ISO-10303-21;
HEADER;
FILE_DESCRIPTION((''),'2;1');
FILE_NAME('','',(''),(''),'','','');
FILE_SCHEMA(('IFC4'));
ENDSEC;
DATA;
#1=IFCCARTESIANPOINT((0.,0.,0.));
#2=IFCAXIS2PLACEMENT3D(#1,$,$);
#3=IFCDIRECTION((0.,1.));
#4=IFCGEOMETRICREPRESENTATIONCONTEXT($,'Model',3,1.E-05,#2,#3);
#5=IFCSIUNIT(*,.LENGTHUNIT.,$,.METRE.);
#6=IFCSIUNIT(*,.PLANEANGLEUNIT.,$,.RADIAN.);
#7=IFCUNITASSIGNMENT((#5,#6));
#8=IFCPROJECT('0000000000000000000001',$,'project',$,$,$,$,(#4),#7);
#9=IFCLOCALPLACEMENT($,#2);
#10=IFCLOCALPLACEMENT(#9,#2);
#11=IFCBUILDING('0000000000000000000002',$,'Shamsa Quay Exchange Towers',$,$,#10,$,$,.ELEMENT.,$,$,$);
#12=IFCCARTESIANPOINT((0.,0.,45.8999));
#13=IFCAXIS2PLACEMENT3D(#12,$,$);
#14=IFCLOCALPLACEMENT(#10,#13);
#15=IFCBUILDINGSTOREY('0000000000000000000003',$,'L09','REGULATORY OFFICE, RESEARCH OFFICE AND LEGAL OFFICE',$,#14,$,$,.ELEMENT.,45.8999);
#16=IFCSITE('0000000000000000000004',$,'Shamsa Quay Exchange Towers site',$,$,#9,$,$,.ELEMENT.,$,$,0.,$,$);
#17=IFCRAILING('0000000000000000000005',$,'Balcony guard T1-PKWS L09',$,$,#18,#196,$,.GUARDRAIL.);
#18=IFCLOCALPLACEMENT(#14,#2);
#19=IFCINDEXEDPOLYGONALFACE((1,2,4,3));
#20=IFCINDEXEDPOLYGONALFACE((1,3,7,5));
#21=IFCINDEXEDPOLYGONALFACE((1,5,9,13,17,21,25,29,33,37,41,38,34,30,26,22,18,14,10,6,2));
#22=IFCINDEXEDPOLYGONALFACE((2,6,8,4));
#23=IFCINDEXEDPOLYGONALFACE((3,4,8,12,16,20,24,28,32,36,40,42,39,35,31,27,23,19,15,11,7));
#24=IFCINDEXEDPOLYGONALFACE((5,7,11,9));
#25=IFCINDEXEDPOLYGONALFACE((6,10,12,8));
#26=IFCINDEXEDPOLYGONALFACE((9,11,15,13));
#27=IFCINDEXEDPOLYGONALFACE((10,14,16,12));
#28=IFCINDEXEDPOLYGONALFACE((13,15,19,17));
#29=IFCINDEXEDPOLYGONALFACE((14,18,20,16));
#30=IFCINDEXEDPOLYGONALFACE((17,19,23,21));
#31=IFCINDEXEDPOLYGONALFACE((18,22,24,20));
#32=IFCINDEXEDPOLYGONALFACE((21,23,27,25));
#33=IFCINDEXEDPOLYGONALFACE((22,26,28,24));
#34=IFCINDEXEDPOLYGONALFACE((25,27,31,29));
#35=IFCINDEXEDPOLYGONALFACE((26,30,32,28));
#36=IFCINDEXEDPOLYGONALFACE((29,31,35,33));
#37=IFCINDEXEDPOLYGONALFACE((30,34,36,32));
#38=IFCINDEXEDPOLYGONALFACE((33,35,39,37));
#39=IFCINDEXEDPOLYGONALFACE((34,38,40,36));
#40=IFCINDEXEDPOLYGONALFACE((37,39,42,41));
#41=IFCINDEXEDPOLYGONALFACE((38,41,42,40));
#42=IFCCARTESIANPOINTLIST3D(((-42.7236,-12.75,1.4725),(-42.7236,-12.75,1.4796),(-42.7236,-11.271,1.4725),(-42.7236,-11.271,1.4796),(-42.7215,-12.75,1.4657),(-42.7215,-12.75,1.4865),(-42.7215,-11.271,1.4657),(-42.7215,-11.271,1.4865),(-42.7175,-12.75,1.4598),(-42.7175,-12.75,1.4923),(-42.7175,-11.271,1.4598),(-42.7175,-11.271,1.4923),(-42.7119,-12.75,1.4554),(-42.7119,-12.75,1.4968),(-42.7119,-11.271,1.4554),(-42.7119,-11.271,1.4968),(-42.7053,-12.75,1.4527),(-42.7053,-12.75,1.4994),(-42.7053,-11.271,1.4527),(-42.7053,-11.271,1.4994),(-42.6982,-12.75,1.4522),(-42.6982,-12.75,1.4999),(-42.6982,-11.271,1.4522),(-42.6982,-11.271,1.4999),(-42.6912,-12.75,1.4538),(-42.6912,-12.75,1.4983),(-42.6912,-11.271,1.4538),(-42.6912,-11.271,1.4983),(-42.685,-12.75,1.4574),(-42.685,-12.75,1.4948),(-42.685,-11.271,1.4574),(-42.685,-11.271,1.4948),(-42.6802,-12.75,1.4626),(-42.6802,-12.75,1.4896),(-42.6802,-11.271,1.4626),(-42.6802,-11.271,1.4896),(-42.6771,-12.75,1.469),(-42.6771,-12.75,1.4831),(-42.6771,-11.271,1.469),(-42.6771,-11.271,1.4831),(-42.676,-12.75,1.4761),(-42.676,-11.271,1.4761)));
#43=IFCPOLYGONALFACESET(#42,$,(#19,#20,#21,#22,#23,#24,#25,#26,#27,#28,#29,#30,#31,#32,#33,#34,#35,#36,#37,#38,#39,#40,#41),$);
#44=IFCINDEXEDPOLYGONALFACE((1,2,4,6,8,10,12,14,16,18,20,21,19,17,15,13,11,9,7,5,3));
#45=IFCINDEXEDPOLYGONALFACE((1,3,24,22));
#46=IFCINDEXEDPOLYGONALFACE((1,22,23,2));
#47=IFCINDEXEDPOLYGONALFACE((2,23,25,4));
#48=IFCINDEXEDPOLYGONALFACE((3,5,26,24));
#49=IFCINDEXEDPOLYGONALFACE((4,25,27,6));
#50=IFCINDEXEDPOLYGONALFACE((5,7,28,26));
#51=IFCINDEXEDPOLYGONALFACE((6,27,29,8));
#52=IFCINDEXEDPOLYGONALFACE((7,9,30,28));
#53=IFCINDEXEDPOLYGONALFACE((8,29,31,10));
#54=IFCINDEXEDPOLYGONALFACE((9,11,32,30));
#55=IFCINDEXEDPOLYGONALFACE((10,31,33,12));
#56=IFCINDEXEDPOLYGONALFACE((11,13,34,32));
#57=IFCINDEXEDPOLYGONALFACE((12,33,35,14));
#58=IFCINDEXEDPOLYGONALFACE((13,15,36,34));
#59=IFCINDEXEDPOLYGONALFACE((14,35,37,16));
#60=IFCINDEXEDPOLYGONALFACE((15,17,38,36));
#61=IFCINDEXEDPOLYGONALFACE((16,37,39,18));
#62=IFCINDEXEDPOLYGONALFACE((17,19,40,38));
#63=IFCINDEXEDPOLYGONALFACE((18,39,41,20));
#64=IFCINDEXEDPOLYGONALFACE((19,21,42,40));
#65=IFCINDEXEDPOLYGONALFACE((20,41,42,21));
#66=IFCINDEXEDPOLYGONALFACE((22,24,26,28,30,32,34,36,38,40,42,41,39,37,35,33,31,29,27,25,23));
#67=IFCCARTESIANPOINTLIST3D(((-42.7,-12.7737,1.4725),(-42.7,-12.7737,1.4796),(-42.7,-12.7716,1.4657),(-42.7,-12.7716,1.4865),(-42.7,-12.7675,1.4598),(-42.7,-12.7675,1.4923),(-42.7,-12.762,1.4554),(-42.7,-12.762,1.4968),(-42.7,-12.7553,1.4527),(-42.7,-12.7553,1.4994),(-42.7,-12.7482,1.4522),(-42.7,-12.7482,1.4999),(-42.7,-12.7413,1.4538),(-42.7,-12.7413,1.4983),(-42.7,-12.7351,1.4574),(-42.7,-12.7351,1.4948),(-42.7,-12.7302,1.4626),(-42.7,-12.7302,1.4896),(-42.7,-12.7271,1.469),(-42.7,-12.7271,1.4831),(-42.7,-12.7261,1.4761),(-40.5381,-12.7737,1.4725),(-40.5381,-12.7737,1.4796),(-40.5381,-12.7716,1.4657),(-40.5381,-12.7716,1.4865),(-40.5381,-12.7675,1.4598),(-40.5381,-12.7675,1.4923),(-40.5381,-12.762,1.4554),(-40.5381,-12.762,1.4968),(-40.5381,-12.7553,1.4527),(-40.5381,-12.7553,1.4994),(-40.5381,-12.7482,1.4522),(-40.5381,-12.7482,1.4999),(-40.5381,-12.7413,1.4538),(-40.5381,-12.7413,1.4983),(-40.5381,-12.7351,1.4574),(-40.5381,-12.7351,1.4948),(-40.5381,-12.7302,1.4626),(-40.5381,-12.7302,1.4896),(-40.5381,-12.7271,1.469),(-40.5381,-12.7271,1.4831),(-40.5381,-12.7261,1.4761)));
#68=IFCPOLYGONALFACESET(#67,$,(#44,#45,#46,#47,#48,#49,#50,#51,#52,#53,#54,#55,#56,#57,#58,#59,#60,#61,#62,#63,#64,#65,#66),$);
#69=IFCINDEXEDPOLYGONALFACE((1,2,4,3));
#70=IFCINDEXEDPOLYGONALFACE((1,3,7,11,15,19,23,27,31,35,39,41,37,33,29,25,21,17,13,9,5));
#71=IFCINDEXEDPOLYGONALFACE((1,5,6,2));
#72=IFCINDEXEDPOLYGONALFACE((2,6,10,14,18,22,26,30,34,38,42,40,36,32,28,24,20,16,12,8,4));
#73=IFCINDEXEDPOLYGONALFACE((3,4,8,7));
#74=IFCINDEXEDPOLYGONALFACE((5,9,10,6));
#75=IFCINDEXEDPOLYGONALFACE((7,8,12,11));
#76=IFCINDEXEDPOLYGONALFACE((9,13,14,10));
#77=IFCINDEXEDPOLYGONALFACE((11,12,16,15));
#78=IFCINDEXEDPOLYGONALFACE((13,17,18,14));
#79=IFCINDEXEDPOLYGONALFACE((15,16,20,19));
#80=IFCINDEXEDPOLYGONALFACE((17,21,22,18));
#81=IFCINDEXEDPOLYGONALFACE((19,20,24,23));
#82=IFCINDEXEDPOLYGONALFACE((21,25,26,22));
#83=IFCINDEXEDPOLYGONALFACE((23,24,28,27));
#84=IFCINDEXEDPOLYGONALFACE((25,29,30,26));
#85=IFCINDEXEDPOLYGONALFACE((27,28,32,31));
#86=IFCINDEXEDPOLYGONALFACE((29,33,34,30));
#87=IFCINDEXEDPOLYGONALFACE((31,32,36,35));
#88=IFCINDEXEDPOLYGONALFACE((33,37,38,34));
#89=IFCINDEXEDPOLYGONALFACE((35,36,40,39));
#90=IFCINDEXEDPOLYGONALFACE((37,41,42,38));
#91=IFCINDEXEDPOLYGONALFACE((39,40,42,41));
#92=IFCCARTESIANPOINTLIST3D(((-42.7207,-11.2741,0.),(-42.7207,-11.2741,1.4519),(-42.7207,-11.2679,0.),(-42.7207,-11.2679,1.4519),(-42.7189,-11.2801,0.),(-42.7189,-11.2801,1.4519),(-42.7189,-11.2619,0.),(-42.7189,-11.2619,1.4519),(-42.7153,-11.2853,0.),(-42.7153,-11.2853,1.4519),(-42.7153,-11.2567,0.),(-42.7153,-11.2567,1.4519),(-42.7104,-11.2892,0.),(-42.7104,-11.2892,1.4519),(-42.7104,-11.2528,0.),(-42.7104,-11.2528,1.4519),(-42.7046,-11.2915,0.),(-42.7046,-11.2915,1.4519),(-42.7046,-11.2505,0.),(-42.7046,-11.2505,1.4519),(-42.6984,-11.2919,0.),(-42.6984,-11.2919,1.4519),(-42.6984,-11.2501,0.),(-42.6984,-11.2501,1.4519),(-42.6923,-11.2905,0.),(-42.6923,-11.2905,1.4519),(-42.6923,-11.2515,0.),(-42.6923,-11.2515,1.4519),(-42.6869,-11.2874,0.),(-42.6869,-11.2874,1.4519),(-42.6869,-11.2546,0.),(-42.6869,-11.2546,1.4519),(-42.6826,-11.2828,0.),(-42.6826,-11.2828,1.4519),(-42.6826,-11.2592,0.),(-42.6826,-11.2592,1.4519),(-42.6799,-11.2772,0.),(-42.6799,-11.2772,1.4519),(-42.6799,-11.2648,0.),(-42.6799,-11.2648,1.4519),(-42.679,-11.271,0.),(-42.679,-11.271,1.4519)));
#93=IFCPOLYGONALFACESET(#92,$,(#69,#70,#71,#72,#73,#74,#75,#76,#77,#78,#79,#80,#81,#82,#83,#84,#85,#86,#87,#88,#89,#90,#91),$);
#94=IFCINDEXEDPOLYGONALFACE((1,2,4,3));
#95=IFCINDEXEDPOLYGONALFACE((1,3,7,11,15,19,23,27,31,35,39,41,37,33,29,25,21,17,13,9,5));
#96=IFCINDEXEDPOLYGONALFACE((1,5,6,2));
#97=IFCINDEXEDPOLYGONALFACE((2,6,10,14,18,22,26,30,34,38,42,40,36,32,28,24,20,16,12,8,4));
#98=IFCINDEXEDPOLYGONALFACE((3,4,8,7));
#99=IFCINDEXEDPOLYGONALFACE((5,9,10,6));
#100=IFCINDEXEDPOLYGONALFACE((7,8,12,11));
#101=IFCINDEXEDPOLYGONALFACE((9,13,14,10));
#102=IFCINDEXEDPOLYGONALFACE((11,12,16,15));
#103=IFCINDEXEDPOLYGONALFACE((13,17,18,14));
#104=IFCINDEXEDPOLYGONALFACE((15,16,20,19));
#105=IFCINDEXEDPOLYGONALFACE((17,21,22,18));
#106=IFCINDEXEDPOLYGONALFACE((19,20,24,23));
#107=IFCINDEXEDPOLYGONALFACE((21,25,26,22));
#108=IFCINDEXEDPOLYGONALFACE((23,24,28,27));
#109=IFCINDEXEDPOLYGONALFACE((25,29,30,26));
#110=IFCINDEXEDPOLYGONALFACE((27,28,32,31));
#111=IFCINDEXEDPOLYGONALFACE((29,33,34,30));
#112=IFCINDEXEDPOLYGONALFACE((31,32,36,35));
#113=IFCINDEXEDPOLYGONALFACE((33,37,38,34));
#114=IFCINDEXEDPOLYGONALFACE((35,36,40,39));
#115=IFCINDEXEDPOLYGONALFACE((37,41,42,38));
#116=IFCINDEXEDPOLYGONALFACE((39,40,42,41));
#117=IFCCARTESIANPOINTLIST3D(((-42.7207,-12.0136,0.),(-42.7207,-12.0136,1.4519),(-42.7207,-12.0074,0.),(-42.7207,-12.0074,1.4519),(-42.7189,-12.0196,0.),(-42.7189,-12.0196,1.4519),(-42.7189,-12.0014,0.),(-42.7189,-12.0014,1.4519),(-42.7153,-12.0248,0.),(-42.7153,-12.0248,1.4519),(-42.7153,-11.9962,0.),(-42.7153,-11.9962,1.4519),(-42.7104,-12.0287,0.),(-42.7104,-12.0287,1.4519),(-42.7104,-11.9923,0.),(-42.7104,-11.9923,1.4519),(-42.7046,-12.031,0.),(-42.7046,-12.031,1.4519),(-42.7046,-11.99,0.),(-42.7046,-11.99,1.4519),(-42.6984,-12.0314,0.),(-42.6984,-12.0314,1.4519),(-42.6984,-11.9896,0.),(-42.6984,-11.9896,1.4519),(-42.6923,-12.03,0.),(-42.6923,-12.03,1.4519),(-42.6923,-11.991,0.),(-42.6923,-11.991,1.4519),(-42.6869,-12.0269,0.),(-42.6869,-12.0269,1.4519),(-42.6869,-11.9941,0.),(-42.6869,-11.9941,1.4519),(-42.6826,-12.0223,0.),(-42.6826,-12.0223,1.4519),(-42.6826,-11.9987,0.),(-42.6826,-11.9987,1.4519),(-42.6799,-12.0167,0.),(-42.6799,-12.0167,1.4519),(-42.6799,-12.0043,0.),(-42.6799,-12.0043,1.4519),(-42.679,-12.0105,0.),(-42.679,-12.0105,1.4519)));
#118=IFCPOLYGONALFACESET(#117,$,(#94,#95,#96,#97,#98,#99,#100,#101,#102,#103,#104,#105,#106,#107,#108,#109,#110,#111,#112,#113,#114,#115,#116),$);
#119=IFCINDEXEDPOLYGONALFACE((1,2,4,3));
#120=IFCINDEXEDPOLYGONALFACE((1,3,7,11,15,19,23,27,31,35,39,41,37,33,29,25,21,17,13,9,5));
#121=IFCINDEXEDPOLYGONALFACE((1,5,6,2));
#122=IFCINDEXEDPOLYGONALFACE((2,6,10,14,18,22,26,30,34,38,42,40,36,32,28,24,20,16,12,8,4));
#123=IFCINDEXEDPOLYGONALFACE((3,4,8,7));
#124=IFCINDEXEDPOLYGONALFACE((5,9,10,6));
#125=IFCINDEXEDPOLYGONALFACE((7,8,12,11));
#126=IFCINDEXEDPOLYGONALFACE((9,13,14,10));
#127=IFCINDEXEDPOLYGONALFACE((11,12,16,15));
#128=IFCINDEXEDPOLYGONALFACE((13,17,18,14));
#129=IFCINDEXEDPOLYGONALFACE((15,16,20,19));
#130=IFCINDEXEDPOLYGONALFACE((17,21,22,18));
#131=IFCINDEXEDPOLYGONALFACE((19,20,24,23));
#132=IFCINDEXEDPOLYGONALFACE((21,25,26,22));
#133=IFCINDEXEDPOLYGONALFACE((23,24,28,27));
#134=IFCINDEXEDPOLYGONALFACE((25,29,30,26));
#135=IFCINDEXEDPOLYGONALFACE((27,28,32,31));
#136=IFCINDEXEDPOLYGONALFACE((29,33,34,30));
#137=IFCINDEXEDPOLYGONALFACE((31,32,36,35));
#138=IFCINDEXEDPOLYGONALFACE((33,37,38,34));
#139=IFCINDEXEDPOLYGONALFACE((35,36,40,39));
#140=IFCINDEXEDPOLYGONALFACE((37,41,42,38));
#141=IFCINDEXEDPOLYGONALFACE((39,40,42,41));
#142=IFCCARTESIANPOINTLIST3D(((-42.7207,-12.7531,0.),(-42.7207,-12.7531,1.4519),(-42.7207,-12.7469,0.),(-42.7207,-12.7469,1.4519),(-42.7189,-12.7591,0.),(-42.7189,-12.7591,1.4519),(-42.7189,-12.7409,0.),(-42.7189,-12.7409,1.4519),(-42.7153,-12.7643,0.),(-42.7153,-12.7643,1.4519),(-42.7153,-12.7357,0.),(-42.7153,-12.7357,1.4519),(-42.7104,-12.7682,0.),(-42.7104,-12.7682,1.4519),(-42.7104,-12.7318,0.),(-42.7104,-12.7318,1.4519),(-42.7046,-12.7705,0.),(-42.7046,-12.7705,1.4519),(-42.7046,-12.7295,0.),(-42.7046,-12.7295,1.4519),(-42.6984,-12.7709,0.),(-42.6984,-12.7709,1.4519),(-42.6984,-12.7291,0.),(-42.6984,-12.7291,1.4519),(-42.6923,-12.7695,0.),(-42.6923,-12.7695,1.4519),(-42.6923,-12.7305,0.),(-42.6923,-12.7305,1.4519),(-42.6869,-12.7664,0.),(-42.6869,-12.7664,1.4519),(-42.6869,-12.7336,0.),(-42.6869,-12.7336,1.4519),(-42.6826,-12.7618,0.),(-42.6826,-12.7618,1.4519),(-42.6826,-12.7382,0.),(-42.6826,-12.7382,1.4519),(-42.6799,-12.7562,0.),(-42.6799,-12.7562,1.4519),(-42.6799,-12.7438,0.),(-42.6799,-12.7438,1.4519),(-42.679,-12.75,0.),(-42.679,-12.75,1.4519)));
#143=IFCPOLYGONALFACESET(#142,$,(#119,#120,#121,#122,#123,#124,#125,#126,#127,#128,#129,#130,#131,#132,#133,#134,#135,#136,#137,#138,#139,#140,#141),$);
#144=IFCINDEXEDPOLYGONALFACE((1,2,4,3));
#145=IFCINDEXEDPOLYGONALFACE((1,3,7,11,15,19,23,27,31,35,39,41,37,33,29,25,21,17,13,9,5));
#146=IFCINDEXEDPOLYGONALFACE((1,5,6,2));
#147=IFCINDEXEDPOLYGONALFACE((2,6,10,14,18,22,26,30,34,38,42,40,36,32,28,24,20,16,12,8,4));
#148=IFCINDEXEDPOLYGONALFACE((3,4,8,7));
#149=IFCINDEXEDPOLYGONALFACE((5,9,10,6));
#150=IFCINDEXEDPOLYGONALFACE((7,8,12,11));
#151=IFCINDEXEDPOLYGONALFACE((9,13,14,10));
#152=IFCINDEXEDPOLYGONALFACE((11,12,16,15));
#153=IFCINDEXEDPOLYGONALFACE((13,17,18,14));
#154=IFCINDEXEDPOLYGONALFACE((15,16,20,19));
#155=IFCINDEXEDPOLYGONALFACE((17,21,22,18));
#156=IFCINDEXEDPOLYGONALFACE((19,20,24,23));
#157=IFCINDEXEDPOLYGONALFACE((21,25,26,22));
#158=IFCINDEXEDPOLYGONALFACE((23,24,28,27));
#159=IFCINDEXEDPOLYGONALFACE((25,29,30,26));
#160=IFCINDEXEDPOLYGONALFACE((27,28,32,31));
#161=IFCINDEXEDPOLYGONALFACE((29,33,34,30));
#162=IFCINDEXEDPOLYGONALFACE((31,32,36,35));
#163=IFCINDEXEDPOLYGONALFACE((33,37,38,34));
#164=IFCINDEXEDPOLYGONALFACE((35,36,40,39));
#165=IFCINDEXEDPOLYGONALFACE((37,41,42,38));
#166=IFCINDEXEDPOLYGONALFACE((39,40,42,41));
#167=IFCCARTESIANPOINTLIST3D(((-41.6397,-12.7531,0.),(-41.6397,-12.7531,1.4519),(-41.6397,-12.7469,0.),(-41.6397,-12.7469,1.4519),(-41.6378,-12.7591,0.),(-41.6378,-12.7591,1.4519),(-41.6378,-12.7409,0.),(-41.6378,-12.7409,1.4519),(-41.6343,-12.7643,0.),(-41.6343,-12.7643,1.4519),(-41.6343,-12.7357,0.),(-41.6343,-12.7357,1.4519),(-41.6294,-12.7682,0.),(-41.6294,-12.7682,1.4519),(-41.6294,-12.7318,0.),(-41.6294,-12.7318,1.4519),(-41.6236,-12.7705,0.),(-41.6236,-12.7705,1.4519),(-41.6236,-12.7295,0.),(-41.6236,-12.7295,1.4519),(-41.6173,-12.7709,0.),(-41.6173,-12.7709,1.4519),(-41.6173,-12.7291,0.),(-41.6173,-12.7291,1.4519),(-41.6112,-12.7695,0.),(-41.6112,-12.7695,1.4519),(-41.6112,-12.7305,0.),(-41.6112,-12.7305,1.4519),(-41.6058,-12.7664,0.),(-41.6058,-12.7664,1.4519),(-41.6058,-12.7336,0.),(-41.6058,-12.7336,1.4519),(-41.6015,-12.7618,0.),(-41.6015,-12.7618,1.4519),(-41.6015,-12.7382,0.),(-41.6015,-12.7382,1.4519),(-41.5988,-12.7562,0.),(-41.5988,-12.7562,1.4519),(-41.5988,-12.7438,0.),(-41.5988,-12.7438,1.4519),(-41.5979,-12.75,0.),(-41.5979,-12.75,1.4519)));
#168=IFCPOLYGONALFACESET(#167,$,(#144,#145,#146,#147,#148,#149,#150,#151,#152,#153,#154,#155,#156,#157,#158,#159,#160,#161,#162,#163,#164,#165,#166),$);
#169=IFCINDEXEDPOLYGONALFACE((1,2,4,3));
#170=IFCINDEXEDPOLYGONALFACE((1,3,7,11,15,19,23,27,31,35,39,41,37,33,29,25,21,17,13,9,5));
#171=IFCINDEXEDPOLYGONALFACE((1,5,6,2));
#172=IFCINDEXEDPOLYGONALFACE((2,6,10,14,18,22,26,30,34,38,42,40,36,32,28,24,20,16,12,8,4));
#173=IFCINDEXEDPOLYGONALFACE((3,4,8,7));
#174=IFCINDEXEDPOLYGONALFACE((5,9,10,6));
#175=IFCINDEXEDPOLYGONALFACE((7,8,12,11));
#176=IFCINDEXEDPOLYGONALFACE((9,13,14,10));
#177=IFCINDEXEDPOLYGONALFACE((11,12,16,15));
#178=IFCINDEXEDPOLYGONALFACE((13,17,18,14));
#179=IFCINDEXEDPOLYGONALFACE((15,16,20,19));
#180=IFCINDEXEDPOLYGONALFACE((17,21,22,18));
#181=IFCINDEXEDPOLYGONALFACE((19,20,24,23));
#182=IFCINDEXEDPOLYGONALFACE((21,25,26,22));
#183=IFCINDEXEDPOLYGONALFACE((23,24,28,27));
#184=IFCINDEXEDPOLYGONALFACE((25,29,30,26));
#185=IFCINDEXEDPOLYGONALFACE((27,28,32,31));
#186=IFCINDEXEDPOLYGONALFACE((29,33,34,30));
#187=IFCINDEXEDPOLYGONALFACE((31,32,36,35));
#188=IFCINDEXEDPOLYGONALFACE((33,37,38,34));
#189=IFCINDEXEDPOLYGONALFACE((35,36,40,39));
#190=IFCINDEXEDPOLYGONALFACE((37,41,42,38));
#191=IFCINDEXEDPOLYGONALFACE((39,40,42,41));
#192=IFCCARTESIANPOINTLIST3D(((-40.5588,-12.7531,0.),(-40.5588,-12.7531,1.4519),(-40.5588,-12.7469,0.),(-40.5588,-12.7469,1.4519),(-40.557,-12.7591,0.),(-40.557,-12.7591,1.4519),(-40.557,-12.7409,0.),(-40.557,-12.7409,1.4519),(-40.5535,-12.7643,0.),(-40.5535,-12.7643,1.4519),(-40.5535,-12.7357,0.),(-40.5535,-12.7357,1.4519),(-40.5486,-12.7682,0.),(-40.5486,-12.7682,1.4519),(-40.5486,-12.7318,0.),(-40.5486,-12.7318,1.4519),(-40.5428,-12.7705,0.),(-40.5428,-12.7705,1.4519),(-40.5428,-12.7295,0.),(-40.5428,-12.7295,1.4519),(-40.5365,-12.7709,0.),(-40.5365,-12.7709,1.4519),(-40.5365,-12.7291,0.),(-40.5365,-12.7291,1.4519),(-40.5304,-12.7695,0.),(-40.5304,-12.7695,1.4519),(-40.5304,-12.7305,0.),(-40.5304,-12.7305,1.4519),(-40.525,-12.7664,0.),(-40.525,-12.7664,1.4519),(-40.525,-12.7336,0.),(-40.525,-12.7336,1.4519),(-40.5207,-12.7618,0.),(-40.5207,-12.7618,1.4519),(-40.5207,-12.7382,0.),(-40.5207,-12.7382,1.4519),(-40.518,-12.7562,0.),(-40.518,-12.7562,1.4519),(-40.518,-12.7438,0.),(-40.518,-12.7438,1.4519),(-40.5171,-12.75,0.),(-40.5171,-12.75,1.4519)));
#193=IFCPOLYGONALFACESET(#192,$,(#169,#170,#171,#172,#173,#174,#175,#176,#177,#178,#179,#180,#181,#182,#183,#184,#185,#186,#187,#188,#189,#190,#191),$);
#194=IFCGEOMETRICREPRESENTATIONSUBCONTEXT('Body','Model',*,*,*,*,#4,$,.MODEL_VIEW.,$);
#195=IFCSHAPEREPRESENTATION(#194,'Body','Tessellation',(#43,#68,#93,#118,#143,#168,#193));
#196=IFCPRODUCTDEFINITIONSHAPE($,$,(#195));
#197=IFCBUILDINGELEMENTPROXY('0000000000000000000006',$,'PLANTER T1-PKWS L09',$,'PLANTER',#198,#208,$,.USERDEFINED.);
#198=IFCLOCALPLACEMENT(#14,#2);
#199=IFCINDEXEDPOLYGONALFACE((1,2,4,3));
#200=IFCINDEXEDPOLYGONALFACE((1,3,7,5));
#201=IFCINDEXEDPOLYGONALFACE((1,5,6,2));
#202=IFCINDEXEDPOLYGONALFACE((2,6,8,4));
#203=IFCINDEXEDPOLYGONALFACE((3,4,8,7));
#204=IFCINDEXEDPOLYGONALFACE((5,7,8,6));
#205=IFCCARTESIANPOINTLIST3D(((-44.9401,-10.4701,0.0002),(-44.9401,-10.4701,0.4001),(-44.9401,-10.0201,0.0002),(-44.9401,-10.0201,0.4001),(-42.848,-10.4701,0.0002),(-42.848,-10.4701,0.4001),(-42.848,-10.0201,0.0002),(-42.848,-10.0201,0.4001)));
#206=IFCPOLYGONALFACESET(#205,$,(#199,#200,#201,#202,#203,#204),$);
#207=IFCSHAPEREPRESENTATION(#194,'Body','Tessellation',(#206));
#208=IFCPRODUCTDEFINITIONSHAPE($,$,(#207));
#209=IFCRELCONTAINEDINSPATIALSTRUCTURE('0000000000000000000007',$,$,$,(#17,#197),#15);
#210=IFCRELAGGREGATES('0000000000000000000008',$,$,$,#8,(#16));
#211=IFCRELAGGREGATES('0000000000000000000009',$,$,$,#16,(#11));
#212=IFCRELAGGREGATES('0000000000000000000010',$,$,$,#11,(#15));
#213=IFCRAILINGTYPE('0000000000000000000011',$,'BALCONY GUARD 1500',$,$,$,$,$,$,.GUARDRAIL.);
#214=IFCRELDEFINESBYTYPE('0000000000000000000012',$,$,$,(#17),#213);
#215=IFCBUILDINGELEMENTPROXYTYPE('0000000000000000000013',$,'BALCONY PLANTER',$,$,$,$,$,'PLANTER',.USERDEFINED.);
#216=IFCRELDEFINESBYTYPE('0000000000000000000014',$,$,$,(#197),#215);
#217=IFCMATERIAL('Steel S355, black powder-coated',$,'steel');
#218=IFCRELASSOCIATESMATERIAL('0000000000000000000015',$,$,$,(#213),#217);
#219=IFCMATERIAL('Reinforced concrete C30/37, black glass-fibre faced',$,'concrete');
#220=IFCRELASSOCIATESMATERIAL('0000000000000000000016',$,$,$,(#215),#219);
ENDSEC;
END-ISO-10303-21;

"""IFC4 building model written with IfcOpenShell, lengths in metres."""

from ifc_helpers import new_model, si_unit, direction, frame, origin, origin_2d, place, context, subcontext, project, spatial, rectangle, circle, extrude, material, type_object, element, save


model = new_model("IFC4")

# Units and contexts
model_context = context("Model", 3, precision=1e-05, world=origin(), true_north=direction((0.0, 1.0)))
body_context = subcontext(model_context, "Body", "Model", "MODEL_VIEW")
ifc_project = project(units=[si_unit("LENGTHUNIT", "METRE"), si_unit("PLANEANGLEUNIT", "RADIAN")], contexts=[model_context])

# Site, building, storey
site_placement = place(None, origin())
site = spatial("IfcSite", under=ifc_project, at=site_placement, Name="Shamsa Quay Exchange Towers site", CompositionType="ELEMENT", RefElevation=0.0)
building_placement = place(site_placement, origin())
building = spatial("IfcBuilding", under=site, at=building_placement, Name="Shamsa Quay Exchange Towers", CompositionType="ELEMENT")
storey_placement = place(building_placement, frame((0.0, 0.0, 45.8999)))
storey = spatial("IfcBuildingStorey", under=building, at=storey_placement, Name="L09", Description="REGULATORY OFFICE, RESEARCH OFFICE AND LEGAL OFFICE", CompositionType="ELEMENT", Elevation=45.8999)

# Railing
ifc_material_1 = material(Name="Steel S355, black powder-coated", Category="steel")
railing_type = type_object("IfcRailingType", Name="BALCONY GUARD 1500", PredefinedType="GUARDRAIL", material=ifc_material_1)
for number, where, name in (
    (1, (-42.7, -11.271, 0.0), "Balcony guard T1-PKWS L09"),
):
    element("IfcRailing", number, at=place(storey_placement, frame(where)), inside=storey, type_object=railing_type, Name=name, PredefinedType="GUARDRAIL", context=body_context, shape_type="SweptSolid", body=[
        extrude(circle(Radius=0.0239, at=origin_2d()), frame((0.0, 0.0, 1.4761), z_axis=(0.0, -1.0, 0.0), x_axis=(1.0, 0.0, 0.0)), (0.0, 0.0, 1.0), 1.479),
        extrude(circle(Radius=0.0239, at=origin_2d()), frame((0.0, -1.479, 1.4761), z_axis=(1.0, 0.0, 0.0), x_axis=(0.0, 1.0, 0.0)), (0.0, 0.0, 1.0), 2.1619),
        extrude(circle(Radius=0.021, at=origin_2d()), origin(), (0.0, 0.0, 1.0), 1.4519),
        extrude(circle(Radius=0.021, at=origin_2d()), frame((0.0, -0.7395, 0.0)), (0.0, 0.0, 1.0), 1.4519),
        extrude(circle(Radius=0.021, at=origin_2d()), frame((0.0, -1.479, 0.0)), (0.0, 0.0, 1.0), 1.4519),
        extrude(circle(Radius=0.021, at=origin_2d()), frame((1.0811, -1.479, 0.0)), (0.0, 0.0, 1.0), 1.4519),
        extrude(circle(Radius=0.021, at=origin_2d()), frame((2.1619, -1.479, 0.0)), (0.0, 0.0, 1.0), 1.4519),
    ])

# Building element proxy
ifc_material_2 = material(Name="Reinforced concrete C30/37, black glass-fibre faced", Category="concrete")
building_element_proxy_type = type_object("IfcBuildingElementProxyType", Name="BALCONY PLANTER", ElementType="PLANTER", PredefinedType="USERDEFINED", material=ifc_material_2)
proxy_placement = place(storey_placement, frame((-43.894, -10.2451, 0.0002)))
element("IfcBuildingElementProxy", 2, at=proxy_placement, inside=storey, type_object=building_element_proxy_type, Name="PLANTER T1-PKWS L09", ObjectType="PLANTER", PredefinedType="USERDEFINED", context=body_context, shape_type="SweptSolid", body=[
    extrude(rectangle(XDim=2.092, YDim=0.45, at=origin_2d()), origin(), (0.0, 0.0, 1.0), 0.3999),
])

save(model, "model.ifc")
